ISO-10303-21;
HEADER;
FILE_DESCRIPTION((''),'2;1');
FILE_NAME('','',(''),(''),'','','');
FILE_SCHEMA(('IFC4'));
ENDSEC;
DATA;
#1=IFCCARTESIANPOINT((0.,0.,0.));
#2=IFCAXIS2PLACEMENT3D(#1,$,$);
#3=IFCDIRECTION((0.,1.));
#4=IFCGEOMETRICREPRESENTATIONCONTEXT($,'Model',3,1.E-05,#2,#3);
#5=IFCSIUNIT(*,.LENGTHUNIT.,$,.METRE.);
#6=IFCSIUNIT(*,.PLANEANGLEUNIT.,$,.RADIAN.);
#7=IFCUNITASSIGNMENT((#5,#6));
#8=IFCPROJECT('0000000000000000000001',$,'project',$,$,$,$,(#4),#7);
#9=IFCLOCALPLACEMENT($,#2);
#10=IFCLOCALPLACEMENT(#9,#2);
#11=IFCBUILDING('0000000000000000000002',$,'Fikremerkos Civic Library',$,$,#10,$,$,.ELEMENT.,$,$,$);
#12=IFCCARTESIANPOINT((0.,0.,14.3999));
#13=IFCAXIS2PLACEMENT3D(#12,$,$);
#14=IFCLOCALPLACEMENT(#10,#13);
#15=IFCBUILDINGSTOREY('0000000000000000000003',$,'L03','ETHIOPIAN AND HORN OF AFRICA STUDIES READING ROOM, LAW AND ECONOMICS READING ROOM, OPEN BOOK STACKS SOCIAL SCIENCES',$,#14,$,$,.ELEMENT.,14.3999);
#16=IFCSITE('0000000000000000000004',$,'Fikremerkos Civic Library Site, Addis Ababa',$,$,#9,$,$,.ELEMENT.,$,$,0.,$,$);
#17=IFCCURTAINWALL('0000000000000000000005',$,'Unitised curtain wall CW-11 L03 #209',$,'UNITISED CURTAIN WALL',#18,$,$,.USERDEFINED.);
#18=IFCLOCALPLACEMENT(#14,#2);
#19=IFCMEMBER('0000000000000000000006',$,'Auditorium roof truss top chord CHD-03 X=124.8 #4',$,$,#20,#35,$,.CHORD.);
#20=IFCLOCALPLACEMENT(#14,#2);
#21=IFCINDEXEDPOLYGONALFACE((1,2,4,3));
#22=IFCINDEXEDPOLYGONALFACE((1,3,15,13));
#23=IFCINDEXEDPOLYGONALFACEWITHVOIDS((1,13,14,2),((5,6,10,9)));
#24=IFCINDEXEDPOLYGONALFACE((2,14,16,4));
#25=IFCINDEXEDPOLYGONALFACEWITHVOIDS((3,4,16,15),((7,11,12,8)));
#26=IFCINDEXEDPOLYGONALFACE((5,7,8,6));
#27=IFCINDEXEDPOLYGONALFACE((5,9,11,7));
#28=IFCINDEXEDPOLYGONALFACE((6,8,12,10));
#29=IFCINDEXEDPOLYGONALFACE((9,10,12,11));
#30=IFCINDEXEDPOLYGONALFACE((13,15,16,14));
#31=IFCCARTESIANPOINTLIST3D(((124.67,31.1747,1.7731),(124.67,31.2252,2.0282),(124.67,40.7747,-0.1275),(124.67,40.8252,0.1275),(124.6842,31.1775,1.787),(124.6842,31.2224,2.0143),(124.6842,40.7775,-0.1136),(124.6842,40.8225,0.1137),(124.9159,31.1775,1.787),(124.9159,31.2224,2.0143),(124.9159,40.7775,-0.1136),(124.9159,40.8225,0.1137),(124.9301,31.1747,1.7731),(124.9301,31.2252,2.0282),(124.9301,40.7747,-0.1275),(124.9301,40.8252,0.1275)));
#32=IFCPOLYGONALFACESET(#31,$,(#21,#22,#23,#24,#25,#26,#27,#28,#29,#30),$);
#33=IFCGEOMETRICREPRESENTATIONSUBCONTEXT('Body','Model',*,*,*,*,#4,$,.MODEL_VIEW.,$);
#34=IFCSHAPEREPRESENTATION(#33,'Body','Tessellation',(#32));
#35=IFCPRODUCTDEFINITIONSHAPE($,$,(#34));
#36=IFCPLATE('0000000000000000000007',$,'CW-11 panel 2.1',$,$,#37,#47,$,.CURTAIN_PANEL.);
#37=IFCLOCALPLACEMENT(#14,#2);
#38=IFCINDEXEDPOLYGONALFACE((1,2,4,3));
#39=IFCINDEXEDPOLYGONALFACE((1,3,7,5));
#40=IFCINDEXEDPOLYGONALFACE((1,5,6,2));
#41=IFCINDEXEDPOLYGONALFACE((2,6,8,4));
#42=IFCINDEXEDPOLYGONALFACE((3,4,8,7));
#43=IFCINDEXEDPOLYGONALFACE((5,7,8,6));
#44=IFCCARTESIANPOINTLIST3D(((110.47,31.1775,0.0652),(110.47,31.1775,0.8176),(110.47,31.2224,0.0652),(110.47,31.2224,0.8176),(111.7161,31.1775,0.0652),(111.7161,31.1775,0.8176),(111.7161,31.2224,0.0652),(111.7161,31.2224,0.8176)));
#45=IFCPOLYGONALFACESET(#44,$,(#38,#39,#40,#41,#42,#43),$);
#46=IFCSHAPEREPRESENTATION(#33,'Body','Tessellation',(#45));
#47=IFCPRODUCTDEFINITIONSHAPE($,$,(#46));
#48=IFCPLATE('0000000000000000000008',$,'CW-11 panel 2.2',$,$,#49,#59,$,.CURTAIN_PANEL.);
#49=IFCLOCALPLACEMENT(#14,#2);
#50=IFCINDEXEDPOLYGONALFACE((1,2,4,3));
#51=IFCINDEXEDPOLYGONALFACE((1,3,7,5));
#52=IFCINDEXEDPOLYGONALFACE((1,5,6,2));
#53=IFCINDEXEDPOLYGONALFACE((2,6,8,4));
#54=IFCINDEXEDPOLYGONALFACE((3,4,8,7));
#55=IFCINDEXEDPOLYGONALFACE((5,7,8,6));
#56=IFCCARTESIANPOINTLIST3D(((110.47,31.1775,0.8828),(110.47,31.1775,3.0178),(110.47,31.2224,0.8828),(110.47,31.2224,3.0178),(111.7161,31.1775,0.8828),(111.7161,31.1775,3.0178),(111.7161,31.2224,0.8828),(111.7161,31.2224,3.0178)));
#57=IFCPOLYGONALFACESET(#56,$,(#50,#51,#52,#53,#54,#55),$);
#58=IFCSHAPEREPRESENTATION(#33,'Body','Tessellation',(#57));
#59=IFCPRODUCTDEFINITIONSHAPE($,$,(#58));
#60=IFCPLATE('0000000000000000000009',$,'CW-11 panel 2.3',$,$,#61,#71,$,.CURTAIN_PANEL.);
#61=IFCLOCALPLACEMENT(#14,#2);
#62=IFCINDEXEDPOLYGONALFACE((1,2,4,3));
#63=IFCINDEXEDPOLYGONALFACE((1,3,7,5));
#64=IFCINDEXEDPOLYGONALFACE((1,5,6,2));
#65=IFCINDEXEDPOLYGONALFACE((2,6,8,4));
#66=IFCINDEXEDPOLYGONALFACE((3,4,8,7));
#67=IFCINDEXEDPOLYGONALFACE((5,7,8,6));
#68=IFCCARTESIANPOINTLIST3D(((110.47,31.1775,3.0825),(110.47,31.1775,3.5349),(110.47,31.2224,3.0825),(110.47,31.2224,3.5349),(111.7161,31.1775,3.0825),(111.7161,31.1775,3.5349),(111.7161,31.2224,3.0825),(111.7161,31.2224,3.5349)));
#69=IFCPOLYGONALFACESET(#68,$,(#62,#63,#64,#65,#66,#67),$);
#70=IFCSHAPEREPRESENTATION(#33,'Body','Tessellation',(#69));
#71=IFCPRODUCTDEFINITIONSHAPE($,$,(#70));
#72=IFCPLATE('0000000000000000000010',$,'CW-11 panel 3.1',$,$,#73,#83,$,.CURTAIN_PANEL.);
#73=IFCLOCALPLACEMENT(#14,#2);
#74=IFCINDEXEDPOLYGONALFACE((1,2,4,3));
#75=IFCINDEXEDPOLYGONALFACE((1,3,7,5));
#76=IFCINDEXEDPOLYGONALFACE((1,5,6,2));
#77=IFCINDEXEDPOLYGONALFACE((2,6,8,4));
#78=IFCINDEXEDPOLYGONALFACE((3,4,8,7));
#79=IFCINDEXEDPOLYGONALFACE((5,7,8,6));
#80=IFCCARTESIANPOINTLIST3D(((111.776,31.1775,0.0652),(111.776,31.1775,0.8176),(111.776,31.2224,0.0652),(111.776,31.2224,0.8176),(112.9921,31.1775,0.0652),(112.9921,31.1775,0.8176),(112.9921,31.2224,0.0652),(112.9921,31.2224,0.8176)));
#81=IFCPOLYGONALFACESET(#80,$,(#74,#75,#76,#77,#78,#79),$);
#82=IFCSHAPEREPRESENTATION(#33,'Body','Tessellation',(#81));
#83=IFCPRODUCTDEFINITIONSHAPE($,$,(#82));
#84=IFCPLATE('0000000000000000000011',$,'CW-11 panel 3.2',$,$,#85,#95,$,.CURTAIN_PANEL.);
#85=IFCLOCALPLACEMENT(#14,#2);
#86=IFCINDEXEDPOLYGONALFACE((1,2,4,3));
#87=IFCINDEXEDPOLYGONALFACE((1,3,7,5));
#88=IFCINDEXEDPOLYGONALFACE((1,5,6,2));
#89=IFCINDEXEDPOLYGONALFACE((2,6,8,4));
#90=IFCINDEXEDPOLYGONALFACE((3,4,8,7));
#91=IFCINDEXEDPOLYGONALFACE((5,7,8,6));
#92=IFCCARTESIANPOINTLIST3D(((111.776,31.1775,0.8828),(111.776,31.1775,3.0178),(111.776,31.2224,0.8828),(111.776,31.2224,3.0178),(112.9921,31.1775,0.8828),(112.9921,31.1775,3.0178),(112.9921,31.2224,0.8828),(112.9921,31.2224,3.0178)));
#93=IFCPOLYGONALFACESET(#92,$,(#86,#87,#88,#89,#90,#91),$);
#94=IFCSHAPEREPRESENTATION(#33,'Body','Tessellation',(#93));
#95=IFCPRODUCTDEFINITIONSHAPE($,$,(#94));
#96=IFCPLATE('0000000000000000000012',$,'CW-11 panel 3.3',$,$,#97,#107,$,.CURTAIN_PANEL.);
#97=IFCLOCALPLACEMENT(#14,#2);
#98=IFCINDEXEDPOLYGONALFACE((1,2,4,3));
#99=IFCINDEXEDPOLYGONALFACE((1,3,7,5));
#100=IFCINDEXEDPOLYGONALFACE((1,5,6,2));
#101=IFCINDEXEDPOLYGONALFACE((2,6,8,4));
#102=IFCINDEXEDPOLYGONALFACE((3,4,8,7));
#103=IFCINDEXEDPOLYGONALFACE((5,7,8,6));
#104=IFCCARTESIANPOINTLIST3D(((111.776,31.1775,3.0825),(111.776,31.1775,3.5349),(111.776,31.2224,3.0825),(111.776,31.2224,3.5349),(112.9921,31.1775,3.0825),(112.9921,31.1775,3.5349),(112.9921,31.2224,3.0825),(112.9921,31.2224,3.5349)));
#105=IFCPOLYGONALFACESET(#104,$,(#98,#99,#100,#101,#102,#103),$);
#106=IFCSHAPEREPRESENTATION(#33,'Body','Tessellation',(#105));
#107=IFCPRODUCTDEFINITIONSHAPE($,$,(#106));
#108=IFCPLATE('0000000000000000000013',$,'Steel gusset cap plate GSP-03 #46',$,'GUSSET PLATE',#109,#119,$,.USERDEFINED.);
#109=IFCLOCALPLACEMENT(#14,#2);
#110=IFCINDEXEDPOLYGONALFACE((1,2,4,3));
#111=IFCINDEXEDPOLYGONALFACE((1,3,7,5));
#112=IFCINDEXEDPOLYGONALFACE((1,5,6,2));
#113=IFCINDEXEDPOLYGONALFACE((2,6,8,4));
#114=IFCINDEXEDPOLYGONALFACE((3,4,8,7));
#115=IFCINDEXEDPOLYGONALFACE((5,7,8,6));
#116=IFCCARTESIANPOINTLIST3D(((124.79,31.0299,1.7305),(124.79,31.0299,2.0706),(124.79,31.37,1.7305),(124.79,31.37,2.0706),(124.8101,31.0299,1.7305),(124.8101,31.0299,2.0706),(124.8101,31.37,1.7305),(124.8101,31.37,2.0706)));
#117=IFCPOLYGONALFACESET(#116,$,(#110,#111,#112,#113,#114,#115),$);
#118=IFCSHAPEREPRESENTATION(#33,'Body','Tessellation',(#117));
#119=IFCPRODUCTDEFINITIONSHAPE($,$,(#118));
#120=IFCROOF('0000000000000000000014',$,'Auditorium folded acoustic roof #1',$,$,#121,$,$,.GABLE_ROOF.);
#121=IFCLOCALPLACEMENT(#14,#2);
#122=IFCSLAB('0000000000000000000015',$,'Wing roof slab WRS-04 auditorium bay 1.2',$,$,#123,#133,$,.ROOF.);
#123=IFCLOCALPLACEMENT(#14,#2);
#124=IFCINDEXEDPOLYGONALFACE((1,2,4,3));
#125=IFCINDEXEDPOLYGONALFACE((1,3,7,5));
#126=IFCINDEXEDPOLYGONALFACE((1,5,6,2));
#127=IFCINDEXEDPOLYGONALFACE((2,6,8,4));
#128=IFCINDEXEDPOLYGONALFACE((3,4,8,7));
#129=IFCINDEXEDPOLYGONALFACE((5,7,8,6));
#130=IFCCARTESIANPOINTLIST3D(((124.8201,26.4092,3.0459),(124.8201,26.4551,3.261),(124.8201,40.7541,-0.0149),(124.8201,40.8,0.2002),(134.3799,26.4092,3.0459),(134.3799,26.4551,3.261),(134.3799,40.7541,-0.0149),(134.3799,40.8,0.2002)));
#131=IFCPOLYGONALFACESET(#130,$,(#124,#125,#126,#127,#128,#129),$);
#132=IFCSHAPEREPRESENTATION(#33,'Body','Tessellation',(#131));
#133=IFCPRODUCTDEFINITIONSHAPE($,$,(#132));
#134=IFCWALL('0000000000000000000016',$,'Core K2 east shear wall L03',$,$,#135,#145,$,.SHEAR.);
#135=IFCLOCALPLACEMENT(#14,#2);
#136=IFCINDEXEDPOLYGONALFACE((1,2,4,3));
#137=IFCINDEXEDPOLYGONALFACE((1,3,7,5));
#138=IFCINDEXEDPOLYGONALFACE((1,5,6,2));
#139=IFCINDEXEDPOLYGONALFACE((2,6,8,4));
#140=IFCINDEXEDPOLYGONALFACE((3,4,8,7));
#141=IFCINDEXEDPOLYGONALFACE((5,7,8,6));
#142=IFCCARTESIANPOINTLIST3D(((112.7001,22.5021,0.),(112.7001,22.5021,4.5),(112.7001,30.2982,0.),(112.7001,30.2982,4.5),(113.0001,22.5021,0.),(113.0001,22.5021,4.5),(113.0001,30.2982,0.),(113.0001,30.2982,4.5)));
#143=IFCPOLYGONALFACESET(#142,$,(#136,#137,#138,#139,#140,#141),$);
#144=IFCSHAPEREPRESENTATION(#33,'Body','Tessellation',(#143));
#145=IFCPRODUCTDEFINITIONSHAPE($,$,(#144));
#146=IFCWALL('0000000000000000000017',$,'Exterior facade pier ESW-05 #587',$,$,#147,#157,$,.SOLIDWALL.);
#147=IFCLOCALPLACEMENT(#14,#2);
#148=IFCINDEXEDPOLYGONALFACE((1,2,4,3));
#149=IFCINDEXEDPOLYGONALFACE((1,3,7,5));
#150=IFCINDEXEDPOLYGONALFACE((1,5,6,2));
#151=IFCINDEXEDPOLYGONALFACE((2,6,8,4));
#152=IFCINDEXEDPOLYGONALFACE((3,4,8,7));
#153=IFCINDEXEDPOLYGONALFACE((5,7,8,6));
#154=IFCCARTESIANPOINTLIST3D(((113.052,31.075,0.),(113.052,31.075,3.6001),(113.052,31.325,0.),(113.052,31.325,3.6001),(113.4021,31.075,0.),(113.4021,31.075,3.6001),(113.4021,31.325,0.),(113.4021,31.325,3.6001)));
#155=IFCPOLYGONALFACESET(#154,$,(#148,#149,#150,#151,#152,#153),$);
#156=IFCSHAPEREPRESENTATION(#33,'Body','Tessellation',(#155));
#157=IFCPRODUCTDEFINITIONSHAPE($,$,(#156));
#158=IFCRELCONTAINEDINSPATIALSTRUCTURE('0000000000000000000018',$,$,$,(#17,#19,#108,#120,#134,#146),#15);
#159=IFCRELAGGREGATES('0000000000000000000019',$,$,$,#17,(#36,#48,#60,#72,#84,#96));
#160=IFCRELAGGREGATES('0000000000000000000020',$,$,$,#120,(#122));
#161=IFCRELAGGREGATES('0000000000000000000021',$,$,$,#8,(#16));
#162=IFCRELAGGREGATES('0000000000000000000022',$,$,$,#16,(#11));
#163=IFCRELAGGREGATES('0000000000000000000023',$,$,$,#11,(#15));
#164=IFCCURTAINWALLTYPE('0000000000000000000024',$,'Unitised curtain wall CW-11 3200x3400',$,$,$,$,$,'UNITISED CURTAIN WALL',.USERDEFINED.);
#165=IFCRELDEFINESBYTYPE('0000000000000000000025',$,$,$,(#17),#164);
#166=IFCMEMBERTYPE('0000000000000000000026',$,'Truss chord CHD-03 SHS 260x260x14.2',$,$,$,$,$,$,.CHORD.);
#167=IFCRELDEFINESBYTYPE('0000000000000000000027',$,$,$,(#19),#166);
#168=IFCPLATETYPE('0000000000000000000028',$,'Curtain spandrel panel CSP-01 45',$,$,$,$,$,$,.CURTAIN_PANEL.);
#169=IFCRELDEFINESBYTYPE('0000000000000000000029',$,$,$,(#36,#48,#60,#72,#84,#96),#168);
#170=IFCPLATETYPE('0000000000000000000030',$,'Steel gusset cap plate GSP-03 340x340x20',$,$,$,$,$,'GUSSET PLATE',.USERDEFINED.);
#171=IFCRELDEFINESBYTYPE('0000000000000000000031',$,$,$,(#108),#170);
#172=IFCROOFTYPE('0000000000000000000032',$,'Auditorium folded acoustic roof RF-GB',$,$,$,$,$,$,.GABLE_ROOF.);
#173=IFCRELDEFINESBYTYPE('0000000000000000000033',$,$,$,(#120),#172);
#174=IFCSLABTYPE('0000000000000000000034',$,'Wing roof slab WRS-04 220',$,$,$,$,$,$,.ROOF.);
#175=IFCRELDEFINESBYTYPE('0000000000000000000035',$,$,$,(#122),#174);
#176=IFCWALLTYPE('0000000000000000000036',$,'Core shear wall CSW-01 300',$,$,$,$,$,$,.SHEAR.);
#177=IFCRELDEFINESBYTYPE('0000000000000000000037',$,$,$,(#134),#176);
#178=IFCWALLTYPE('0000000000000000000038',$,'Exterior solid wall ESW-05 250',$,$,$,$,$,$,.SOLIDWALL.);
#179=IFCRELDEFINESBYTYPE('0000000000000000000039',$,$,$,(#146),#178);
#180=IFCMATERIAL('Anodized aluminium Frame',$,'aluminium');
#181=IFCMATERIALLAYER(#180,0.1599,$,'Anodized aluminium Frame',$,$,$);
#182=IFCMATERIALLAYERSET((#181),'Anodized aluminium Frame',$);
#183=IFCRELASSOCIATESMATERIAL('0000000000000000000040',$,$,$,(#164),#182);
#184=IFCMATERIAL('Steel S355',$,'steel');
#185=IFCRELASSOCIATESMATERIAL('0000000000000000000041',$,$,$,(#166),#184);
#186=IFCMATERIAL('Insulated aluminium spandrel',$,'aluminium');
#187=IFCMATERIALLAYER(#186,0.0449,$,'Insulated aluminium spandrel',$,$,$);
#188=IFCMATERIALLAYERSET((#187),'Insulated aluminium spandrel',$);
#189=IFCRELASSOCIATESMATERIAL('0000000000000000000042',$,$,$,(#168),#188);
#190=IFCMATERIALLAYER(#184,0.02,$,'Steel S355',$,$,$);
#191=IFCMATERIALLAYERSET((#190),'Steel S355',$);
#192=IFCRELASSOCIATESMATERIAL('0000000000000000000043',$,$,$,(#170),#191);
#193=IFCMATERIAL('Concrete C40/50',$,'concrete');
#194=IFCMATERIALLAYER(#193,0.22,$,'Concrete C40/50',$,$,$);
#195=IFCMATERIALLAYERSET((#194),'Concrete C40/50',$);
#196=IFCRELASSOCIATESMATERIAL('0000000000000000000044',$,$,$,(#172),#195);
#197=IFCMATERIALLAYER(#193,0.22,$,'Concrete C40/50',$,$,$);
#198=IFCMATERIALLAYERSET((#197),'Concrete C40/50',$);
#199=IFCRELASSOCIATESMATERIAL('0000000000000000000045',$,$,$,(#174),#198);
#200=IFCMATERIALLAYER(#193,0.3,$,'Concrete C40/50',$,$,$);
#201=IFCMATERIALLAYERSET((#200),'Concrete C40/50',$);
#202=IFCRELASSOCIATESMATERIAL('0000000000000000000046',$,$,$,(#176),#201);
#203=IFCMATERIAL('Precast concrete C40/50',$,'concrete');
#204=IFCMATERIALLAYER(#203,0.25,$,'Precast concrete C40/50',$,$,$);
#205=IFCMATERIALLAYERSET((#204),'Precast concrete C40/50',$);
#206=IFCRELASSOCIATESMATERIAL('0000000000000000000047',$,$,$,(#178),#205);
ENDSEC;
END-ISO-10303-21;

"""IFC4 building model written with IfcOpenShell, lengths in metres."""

from ifc_helpers import new_model, si_unit, direction, frame, frame_2d, origin, origin_2d, place, context, subcontext, project, spatial, polyline, rectangle, hollow_rectangle, outline, extrude, material, layer, layer_set, material_profile, profile_set, type_object, element, aggregate, save


model = new_model("IFC4")

# Units and contexts
model_context = context("Model", 3, precision=1e-05, world=origin(), true_north=direction((0.0, 1.0)))
body_context = subcontext(model_context, "Body", "Model", "MODEL_VIEW")
ifc_project = project(units=[si_unit("LENGTHUNIT", "METRE"), si_unit("PLANEANGLEUNIT", "RADIAN")], contexts=[model_context])

# Site, building, storey
site_placement = place(None, origin())
site = spatial("IfcSite", under=ifc_project, at=site_placement, Name="Fikremerkos Civic Library Site, Addis Ababa", CompositionType="ELEMENT", RefElevation=0.0)
building_placement = place(site_placement, origin())
building = spatial("IfcBuilding", under=site, at=building_placement, Name="Fikremerkos Civic Library", CompositionType="ELEMENT")
storey_placement = place(building_placement, frame((0.0, 0.0, 14.3999)))
storey = spatial("IfcBuildingStorey", under=building, at=storey_placement, Name="L03", Description="ETHIOPIAN AND HORN OF AFRICA STUDIES READING ROOM, LAW AND ECONOMICS READING ROOM, OPEN BOOK STACKS SOCIAL SCIENCES", CompositionType="ELEMENT", Elevation=14.3999)

# Shared definitions
ifc_material_1 = material(Name="Concrete C40/50", Category="concrete")

# Curtain wall
ifc_material_2 = material(Name="Anodized aluminium Frame", Category="aluminium")
ifc_layer_1 = layer(ifc_material_2, 0.1599, Name="Anodized aluminium Frame")
ifc_layer_set_1 = layer_set([ifc_layer_1], Name="Anodized aluminium Frame")
curtain_wall_type = type_object("IfcCurtainWallType", Name="Unitised curtain wall CW-11 3200x3400", ElementType="UNITISED CURTAIN WALL", PredefinedType="USERDEFINED", material=ifc_layer_set_1)
curtain_wall_placement = place(storey_placement, origin())
curtain_wall = element("IfcCurtainWall", 1, at=curtain_wall_placement, inside=storey, type_object=curtain_wall_type, Name="Unitised curtain wall CW-11 L03 #209", ObjectType="UNITISED CURTAIN WALL", PredefinedType="USERDEFINED")

# Shared definitions
ifc_material_3 = material(Name="Steel S355", Category="steel")

# Member
ifc_material_profile_1 = material_profile(ifc_material_3, hollow_rectangle(XDim=0.26, YDim=0.26, WallThickness=0.0142, at=origin_2d()), Name="SHS 260x260x14.2")
ifc_profile_set_1 = profile_set([ifc_material_profile_1], Name="Steel S355")
member_type_1 = type_object("IfcMemberType", Name="Truss chord CHD-03 SHS 260x260x14.2", PredefinedType="CHORD", material=ifc_profile_set_1)
member_1_placement = place(storey_placement, frame((124.8, 31.2, 1.9006), z_axis=(0.0, 0.98096, -0.194211), x_axis=(-1.0, 0.0, 0.0)))
element("IfcMember", 2, at=member_1_placement, inside=storey, type_object=member_type_1, Name="Auditorium roof truss top chord CHD-03 X=124.8 #4", PredefinedType="CHORD", context=body_context, shape_type="SweptSolid", body=[
    extrude(hollow_rectangle(XDim=0.26, YDim=0.26, WallThickness=0.0142, at=origin_2d()), origin(), (0.0, 0.0, 1.0), 9.7864),
])

# Plates
ifc_material_4 = material(Name="Insulated aluminium spandrel", Category="aluminium")
ifc_layer_2 = layer(ifc_material_4, 0.0449, Name="Insulated aluminium spandrel")
ifc_layer_set_2 = layer_set([ifc_layer_2], Name="Insulated aluminium spandrel")
plate_type_1 = type_object("IfcPlateType", Name="Curtain spandrel panel CSP-01 45", PredefinedType="CURTAIN_PANEL", material=ifc_layer_set_2)
plate_1_placement = place(storey_placement, frame((111.093, 31.2, 0.0652), z_axis=(0.0, 0.0, 1.0), x_axis=(1.0, 0.0, 0.0)))
plate_1 = element("IfcPlate", 3, at=plate_1_placement, type_object=plate_type_1, Name="CW-11 panel 2.1", PredefinedType="CURTAIN_PANEL", context=body_context, shape_type="SweptSolid", body=[
    extrude(rectangle(XDim=1.2461, YDim=0.0449, at=origin_2d()), origin(), (0.0, 0.0, 1.0), 0.7524),
])
plate_2_placement = place(storey_placement, frame((111.093, 31.2, 0.8828), z_axis=(0.0, 0.0, 1.0), x_axis=(1.0, 0.0, 0.0)))
plate_2 = element("IfcPlate", 4, at=plate_2_placement, type_object=plate_type_1, Name="CW-11 panel 2.2", PredefinedType="CURTAIN_PANEL", context=body_context, shape_type="SweptSolid", body=[
    extrude(rectangle(XDim=1.2461, YDim=0.0449, at=origin_2d()), origin(), (0.0, 0.0, 1.0), 2.135),
])
plate_3_placement = place(storey_placement, frame((111.093, 31.2, 3.0825), z_axis=(0.0, 0.0, 1.0), x_axis=(1.0, 0.0, 0.0)))
plate_3 = element("IfcPlate", 5, at=plate_3_placement, type_object=plate_type_1, Name="CW-11 panel 2.3", PredefinedType="CURTAIN_PANEL", context=body_context, shape_type="SweptSolid", body=[
    extrude(rectangle(XDim=1.2461, YDim=0.0449, at=origin_2d()), origin(), (0.0, 0.0, 1.0), 0.4524),
])
plate_4_placement = place(storey_placement, frame((112.384, 31.2, 0.0652), z_axis=(0.0, 0.0, 1.0), x_axis=(1.0, 0.0, 0.0)))
plate_4 = element("IfcPlate", 6, at=plate_4_placement, type_object=plate_type_1, Name="CW-11 panel 3.1", PredefinedType="CURTAIN_PANEL", context=body_context, shape_type="SweptSolid", body=[
    extrude(rectangle(XDim=1.2161, YDim=0.0449, at=origin_2d()), origin(), (0.0, 0.0, 1.0), 0.7524),
])
plate_5_placement = place(storey_placement, frame((112.384, 31.2, 0.8828), z_axis=(0.0, 0.0, 1.0), x_axis=(1.0, 0.0, 0.0)))
plate_5 = element("IfcPlate", 7, at=plate_5_placement, type_object=plate_type_1, Name="CW-11 panel 3.2", PredefinedType="CURTAIN_PANEL", context=body_context, shape_type="SweptSolid", body=[
    extrude(rectangle(XDim=1.2161, YDim=0.0449, at=origin_2d()), origin(), (0.0, 0.0, 1.0), 2.135),
])
plate_6_placement = place(storey_placement, frame((112.384, 31.2, 3.0825), z_axis=(0.0, 0.0, 1.0), x_axis=(1.0, 0.0, 0.0)))
plate_6 = element("IfcPlate", 8, at=plate_6_placement, type_object=plate_type_1, Name="CW-11 panel 3.3", PredefinedType="CURTAIN_PANEL", context=body_context, shape_type="SweptSolid", body=[
    extrude(rectangle(XDim=1.2161, YDim=0.0449, at=origin_2d()), origin(), (0.0, 0.0, 1.0), 0.4524),
])
aggregate(curtain_wall, [plate_1, plate_2, plate_3, plate_4, plate_5, plate_6])
ifc_layer_3 = layer(ifc_material_3, 0.02, Name="Steel S355")
ifc_layer_set_3 = layer_set([ifc_layer_3], Name="Steel S355")
plate_type_2 = type_object("IfcPlateType", Name="Steel gusset cap plate GSP-03 340x340x20", ElementType="GUSSET PLATE", PredefinedType="USERDEFINED", material=ifc_layer_set_3)
plate_7_placement = place(storey_placement, frame((124.8, 31.2, 1.7305), z_axis=(0.0, 0.0, 1.0), x_axis=(1.0, 0.0, 0.0)))
element("IfcPlate", 9, at=plate_7_placement, inside=storey, type_object=plate_type_2, Name="Steel gusset cap plate GSP-03 #46", ObjectType="GUSSET PLATE", PredefinedType="USERDEFINED", context=body_context, shape_type="SweptSolid", body=[
    extrude(rectangle(XDim=0.02, YDim=0.3401, at=origin_2d()), origin(), (0.0, 0.0, 1.0), 0.3401),
])

# Roof, slab
ifc_layer_4 = layer(ifc_material_1, 0.22, Name="Concrete C40/50")
ifc_layer_set_4 = layer_set([ifc_layer_4], Name="Concrete C40/50")
roof_type = type_object("IfcRoofType", Name="Auditorium folded acoustic roof RF-GB", PredefinedType="GABLE_ROOF", material=ifc_layer_set_4)
roof_placement = place(storey_placement, origin())
roof = element("IfcRoof", 10, at=roof_placement, inside=storey, type_object=roof_type, Name="Auditorium folded acoustic roof #1", PredefinedType="GABLE_ROOF")
ifc_layer_5 = layer(ifc_material_1, 0.22, Name="Concrete C40/50")
ifc_layer_set_5 = layer_set([ifc_layer_5], Name="Concrete C40/50")
slab_type = type_object("IfcSlabType", Name="Wing roof slab WRS-04 220", PredefinedType="ROOF", material=ifc_layer_set_5)
slab_placement = place(storey_placement, frame((124.8201, 26.4551, 3.261), z_axis=(0.0, 0.208673, 0.977985), x_axis=(1.0, 0.0, 0.0)))
slab = element("IfcSlab", 11, at=slab_placement, type_object=slab_type, Name="Wing roof slab WRS-04 auditorium bay 1.2", PredefinedType="ROOF", context=body_context, shape_type="SweptSolid", body=[
    extrude(outline(polyline([(0.0, 0.0), (9.5598, 0.0), (9.5598, 14.6679), (0.0, 14.6679), (0.0, 0.0)])), origin(), (0.0, 0.0, -1.0), 0.22),
])
aggregate(roof, [slab])

# Walls
ifc_layer_6 = layer(ifc_material_1, 0.3, Name="Concrete C40/50")
ifc_layer_set_6 = layer_set([ifc_layer_6], Name="Concrete C40/50")
wall_type_1 = type_object("IfcWallType", Name="Core shear wall CSW-01 300", PredefinedType="SHEAR", material=ifc_layer_set_6)
wall_1_placement = place(storey_placement, frame((112.8501, 30.2981, 0.0), z_axis=(0.0, 0.0, 1.0), x_axis=(0.0, -1.0, 0.0)))
element("IfcWall", 12, at=wall_1_placement, inside=storey, type_object=wall_type_1, Name="Core K2 east shear wall L03", PredefinedType="SHEAR", context=body_context, shape_type="SweptSolid", body=[
    extrude(rectangle(XDim=7.7961, YDim=0.3, at=frame_2d((3.8979, 0.0))), origin(), (0.0, 0.0, 1.0), 4.5),
])
ifc_material_5 = material(Name="Precast concrete C40/50", Category="concrete")
ifc_layer_7 = layer(ifc_material_5, 0.25, Name="Precast concrete C40/50")
ifc_layer_set_7 = layer_set([ifc_layer_7], Name="Precast concrete C40/50")
wall_type_2 = type_object("IfcWallType", Name="Exterior solid wall ESW-05 250", PredefinedType="SOLIDWALL", material=ifc_layer_set_7)
wall_2_placement = place(storey_placement, frame((113.052, 31.2, 0.0), z_axis=(0.0, 0.0, 1.0), x_axis=(1.0, 0.0, 0.0)))
element("IfcWall", 13, at=wall_2_placement, inside=storey, type_object=wall_type_2, Name="Exterior facade pier ESW-05 #587", PredefinedType="SOLIDWALL", context=body_context, shape_type="SweptSolid", body=[
    extrude(rectangle(XDim=0.3501, YDim=0.25, at=frame_2d((0.175, 0.0))), origin(), (0.0, 0.0, 1.0), 3.6001),
])

save(model, "model.ifc")
